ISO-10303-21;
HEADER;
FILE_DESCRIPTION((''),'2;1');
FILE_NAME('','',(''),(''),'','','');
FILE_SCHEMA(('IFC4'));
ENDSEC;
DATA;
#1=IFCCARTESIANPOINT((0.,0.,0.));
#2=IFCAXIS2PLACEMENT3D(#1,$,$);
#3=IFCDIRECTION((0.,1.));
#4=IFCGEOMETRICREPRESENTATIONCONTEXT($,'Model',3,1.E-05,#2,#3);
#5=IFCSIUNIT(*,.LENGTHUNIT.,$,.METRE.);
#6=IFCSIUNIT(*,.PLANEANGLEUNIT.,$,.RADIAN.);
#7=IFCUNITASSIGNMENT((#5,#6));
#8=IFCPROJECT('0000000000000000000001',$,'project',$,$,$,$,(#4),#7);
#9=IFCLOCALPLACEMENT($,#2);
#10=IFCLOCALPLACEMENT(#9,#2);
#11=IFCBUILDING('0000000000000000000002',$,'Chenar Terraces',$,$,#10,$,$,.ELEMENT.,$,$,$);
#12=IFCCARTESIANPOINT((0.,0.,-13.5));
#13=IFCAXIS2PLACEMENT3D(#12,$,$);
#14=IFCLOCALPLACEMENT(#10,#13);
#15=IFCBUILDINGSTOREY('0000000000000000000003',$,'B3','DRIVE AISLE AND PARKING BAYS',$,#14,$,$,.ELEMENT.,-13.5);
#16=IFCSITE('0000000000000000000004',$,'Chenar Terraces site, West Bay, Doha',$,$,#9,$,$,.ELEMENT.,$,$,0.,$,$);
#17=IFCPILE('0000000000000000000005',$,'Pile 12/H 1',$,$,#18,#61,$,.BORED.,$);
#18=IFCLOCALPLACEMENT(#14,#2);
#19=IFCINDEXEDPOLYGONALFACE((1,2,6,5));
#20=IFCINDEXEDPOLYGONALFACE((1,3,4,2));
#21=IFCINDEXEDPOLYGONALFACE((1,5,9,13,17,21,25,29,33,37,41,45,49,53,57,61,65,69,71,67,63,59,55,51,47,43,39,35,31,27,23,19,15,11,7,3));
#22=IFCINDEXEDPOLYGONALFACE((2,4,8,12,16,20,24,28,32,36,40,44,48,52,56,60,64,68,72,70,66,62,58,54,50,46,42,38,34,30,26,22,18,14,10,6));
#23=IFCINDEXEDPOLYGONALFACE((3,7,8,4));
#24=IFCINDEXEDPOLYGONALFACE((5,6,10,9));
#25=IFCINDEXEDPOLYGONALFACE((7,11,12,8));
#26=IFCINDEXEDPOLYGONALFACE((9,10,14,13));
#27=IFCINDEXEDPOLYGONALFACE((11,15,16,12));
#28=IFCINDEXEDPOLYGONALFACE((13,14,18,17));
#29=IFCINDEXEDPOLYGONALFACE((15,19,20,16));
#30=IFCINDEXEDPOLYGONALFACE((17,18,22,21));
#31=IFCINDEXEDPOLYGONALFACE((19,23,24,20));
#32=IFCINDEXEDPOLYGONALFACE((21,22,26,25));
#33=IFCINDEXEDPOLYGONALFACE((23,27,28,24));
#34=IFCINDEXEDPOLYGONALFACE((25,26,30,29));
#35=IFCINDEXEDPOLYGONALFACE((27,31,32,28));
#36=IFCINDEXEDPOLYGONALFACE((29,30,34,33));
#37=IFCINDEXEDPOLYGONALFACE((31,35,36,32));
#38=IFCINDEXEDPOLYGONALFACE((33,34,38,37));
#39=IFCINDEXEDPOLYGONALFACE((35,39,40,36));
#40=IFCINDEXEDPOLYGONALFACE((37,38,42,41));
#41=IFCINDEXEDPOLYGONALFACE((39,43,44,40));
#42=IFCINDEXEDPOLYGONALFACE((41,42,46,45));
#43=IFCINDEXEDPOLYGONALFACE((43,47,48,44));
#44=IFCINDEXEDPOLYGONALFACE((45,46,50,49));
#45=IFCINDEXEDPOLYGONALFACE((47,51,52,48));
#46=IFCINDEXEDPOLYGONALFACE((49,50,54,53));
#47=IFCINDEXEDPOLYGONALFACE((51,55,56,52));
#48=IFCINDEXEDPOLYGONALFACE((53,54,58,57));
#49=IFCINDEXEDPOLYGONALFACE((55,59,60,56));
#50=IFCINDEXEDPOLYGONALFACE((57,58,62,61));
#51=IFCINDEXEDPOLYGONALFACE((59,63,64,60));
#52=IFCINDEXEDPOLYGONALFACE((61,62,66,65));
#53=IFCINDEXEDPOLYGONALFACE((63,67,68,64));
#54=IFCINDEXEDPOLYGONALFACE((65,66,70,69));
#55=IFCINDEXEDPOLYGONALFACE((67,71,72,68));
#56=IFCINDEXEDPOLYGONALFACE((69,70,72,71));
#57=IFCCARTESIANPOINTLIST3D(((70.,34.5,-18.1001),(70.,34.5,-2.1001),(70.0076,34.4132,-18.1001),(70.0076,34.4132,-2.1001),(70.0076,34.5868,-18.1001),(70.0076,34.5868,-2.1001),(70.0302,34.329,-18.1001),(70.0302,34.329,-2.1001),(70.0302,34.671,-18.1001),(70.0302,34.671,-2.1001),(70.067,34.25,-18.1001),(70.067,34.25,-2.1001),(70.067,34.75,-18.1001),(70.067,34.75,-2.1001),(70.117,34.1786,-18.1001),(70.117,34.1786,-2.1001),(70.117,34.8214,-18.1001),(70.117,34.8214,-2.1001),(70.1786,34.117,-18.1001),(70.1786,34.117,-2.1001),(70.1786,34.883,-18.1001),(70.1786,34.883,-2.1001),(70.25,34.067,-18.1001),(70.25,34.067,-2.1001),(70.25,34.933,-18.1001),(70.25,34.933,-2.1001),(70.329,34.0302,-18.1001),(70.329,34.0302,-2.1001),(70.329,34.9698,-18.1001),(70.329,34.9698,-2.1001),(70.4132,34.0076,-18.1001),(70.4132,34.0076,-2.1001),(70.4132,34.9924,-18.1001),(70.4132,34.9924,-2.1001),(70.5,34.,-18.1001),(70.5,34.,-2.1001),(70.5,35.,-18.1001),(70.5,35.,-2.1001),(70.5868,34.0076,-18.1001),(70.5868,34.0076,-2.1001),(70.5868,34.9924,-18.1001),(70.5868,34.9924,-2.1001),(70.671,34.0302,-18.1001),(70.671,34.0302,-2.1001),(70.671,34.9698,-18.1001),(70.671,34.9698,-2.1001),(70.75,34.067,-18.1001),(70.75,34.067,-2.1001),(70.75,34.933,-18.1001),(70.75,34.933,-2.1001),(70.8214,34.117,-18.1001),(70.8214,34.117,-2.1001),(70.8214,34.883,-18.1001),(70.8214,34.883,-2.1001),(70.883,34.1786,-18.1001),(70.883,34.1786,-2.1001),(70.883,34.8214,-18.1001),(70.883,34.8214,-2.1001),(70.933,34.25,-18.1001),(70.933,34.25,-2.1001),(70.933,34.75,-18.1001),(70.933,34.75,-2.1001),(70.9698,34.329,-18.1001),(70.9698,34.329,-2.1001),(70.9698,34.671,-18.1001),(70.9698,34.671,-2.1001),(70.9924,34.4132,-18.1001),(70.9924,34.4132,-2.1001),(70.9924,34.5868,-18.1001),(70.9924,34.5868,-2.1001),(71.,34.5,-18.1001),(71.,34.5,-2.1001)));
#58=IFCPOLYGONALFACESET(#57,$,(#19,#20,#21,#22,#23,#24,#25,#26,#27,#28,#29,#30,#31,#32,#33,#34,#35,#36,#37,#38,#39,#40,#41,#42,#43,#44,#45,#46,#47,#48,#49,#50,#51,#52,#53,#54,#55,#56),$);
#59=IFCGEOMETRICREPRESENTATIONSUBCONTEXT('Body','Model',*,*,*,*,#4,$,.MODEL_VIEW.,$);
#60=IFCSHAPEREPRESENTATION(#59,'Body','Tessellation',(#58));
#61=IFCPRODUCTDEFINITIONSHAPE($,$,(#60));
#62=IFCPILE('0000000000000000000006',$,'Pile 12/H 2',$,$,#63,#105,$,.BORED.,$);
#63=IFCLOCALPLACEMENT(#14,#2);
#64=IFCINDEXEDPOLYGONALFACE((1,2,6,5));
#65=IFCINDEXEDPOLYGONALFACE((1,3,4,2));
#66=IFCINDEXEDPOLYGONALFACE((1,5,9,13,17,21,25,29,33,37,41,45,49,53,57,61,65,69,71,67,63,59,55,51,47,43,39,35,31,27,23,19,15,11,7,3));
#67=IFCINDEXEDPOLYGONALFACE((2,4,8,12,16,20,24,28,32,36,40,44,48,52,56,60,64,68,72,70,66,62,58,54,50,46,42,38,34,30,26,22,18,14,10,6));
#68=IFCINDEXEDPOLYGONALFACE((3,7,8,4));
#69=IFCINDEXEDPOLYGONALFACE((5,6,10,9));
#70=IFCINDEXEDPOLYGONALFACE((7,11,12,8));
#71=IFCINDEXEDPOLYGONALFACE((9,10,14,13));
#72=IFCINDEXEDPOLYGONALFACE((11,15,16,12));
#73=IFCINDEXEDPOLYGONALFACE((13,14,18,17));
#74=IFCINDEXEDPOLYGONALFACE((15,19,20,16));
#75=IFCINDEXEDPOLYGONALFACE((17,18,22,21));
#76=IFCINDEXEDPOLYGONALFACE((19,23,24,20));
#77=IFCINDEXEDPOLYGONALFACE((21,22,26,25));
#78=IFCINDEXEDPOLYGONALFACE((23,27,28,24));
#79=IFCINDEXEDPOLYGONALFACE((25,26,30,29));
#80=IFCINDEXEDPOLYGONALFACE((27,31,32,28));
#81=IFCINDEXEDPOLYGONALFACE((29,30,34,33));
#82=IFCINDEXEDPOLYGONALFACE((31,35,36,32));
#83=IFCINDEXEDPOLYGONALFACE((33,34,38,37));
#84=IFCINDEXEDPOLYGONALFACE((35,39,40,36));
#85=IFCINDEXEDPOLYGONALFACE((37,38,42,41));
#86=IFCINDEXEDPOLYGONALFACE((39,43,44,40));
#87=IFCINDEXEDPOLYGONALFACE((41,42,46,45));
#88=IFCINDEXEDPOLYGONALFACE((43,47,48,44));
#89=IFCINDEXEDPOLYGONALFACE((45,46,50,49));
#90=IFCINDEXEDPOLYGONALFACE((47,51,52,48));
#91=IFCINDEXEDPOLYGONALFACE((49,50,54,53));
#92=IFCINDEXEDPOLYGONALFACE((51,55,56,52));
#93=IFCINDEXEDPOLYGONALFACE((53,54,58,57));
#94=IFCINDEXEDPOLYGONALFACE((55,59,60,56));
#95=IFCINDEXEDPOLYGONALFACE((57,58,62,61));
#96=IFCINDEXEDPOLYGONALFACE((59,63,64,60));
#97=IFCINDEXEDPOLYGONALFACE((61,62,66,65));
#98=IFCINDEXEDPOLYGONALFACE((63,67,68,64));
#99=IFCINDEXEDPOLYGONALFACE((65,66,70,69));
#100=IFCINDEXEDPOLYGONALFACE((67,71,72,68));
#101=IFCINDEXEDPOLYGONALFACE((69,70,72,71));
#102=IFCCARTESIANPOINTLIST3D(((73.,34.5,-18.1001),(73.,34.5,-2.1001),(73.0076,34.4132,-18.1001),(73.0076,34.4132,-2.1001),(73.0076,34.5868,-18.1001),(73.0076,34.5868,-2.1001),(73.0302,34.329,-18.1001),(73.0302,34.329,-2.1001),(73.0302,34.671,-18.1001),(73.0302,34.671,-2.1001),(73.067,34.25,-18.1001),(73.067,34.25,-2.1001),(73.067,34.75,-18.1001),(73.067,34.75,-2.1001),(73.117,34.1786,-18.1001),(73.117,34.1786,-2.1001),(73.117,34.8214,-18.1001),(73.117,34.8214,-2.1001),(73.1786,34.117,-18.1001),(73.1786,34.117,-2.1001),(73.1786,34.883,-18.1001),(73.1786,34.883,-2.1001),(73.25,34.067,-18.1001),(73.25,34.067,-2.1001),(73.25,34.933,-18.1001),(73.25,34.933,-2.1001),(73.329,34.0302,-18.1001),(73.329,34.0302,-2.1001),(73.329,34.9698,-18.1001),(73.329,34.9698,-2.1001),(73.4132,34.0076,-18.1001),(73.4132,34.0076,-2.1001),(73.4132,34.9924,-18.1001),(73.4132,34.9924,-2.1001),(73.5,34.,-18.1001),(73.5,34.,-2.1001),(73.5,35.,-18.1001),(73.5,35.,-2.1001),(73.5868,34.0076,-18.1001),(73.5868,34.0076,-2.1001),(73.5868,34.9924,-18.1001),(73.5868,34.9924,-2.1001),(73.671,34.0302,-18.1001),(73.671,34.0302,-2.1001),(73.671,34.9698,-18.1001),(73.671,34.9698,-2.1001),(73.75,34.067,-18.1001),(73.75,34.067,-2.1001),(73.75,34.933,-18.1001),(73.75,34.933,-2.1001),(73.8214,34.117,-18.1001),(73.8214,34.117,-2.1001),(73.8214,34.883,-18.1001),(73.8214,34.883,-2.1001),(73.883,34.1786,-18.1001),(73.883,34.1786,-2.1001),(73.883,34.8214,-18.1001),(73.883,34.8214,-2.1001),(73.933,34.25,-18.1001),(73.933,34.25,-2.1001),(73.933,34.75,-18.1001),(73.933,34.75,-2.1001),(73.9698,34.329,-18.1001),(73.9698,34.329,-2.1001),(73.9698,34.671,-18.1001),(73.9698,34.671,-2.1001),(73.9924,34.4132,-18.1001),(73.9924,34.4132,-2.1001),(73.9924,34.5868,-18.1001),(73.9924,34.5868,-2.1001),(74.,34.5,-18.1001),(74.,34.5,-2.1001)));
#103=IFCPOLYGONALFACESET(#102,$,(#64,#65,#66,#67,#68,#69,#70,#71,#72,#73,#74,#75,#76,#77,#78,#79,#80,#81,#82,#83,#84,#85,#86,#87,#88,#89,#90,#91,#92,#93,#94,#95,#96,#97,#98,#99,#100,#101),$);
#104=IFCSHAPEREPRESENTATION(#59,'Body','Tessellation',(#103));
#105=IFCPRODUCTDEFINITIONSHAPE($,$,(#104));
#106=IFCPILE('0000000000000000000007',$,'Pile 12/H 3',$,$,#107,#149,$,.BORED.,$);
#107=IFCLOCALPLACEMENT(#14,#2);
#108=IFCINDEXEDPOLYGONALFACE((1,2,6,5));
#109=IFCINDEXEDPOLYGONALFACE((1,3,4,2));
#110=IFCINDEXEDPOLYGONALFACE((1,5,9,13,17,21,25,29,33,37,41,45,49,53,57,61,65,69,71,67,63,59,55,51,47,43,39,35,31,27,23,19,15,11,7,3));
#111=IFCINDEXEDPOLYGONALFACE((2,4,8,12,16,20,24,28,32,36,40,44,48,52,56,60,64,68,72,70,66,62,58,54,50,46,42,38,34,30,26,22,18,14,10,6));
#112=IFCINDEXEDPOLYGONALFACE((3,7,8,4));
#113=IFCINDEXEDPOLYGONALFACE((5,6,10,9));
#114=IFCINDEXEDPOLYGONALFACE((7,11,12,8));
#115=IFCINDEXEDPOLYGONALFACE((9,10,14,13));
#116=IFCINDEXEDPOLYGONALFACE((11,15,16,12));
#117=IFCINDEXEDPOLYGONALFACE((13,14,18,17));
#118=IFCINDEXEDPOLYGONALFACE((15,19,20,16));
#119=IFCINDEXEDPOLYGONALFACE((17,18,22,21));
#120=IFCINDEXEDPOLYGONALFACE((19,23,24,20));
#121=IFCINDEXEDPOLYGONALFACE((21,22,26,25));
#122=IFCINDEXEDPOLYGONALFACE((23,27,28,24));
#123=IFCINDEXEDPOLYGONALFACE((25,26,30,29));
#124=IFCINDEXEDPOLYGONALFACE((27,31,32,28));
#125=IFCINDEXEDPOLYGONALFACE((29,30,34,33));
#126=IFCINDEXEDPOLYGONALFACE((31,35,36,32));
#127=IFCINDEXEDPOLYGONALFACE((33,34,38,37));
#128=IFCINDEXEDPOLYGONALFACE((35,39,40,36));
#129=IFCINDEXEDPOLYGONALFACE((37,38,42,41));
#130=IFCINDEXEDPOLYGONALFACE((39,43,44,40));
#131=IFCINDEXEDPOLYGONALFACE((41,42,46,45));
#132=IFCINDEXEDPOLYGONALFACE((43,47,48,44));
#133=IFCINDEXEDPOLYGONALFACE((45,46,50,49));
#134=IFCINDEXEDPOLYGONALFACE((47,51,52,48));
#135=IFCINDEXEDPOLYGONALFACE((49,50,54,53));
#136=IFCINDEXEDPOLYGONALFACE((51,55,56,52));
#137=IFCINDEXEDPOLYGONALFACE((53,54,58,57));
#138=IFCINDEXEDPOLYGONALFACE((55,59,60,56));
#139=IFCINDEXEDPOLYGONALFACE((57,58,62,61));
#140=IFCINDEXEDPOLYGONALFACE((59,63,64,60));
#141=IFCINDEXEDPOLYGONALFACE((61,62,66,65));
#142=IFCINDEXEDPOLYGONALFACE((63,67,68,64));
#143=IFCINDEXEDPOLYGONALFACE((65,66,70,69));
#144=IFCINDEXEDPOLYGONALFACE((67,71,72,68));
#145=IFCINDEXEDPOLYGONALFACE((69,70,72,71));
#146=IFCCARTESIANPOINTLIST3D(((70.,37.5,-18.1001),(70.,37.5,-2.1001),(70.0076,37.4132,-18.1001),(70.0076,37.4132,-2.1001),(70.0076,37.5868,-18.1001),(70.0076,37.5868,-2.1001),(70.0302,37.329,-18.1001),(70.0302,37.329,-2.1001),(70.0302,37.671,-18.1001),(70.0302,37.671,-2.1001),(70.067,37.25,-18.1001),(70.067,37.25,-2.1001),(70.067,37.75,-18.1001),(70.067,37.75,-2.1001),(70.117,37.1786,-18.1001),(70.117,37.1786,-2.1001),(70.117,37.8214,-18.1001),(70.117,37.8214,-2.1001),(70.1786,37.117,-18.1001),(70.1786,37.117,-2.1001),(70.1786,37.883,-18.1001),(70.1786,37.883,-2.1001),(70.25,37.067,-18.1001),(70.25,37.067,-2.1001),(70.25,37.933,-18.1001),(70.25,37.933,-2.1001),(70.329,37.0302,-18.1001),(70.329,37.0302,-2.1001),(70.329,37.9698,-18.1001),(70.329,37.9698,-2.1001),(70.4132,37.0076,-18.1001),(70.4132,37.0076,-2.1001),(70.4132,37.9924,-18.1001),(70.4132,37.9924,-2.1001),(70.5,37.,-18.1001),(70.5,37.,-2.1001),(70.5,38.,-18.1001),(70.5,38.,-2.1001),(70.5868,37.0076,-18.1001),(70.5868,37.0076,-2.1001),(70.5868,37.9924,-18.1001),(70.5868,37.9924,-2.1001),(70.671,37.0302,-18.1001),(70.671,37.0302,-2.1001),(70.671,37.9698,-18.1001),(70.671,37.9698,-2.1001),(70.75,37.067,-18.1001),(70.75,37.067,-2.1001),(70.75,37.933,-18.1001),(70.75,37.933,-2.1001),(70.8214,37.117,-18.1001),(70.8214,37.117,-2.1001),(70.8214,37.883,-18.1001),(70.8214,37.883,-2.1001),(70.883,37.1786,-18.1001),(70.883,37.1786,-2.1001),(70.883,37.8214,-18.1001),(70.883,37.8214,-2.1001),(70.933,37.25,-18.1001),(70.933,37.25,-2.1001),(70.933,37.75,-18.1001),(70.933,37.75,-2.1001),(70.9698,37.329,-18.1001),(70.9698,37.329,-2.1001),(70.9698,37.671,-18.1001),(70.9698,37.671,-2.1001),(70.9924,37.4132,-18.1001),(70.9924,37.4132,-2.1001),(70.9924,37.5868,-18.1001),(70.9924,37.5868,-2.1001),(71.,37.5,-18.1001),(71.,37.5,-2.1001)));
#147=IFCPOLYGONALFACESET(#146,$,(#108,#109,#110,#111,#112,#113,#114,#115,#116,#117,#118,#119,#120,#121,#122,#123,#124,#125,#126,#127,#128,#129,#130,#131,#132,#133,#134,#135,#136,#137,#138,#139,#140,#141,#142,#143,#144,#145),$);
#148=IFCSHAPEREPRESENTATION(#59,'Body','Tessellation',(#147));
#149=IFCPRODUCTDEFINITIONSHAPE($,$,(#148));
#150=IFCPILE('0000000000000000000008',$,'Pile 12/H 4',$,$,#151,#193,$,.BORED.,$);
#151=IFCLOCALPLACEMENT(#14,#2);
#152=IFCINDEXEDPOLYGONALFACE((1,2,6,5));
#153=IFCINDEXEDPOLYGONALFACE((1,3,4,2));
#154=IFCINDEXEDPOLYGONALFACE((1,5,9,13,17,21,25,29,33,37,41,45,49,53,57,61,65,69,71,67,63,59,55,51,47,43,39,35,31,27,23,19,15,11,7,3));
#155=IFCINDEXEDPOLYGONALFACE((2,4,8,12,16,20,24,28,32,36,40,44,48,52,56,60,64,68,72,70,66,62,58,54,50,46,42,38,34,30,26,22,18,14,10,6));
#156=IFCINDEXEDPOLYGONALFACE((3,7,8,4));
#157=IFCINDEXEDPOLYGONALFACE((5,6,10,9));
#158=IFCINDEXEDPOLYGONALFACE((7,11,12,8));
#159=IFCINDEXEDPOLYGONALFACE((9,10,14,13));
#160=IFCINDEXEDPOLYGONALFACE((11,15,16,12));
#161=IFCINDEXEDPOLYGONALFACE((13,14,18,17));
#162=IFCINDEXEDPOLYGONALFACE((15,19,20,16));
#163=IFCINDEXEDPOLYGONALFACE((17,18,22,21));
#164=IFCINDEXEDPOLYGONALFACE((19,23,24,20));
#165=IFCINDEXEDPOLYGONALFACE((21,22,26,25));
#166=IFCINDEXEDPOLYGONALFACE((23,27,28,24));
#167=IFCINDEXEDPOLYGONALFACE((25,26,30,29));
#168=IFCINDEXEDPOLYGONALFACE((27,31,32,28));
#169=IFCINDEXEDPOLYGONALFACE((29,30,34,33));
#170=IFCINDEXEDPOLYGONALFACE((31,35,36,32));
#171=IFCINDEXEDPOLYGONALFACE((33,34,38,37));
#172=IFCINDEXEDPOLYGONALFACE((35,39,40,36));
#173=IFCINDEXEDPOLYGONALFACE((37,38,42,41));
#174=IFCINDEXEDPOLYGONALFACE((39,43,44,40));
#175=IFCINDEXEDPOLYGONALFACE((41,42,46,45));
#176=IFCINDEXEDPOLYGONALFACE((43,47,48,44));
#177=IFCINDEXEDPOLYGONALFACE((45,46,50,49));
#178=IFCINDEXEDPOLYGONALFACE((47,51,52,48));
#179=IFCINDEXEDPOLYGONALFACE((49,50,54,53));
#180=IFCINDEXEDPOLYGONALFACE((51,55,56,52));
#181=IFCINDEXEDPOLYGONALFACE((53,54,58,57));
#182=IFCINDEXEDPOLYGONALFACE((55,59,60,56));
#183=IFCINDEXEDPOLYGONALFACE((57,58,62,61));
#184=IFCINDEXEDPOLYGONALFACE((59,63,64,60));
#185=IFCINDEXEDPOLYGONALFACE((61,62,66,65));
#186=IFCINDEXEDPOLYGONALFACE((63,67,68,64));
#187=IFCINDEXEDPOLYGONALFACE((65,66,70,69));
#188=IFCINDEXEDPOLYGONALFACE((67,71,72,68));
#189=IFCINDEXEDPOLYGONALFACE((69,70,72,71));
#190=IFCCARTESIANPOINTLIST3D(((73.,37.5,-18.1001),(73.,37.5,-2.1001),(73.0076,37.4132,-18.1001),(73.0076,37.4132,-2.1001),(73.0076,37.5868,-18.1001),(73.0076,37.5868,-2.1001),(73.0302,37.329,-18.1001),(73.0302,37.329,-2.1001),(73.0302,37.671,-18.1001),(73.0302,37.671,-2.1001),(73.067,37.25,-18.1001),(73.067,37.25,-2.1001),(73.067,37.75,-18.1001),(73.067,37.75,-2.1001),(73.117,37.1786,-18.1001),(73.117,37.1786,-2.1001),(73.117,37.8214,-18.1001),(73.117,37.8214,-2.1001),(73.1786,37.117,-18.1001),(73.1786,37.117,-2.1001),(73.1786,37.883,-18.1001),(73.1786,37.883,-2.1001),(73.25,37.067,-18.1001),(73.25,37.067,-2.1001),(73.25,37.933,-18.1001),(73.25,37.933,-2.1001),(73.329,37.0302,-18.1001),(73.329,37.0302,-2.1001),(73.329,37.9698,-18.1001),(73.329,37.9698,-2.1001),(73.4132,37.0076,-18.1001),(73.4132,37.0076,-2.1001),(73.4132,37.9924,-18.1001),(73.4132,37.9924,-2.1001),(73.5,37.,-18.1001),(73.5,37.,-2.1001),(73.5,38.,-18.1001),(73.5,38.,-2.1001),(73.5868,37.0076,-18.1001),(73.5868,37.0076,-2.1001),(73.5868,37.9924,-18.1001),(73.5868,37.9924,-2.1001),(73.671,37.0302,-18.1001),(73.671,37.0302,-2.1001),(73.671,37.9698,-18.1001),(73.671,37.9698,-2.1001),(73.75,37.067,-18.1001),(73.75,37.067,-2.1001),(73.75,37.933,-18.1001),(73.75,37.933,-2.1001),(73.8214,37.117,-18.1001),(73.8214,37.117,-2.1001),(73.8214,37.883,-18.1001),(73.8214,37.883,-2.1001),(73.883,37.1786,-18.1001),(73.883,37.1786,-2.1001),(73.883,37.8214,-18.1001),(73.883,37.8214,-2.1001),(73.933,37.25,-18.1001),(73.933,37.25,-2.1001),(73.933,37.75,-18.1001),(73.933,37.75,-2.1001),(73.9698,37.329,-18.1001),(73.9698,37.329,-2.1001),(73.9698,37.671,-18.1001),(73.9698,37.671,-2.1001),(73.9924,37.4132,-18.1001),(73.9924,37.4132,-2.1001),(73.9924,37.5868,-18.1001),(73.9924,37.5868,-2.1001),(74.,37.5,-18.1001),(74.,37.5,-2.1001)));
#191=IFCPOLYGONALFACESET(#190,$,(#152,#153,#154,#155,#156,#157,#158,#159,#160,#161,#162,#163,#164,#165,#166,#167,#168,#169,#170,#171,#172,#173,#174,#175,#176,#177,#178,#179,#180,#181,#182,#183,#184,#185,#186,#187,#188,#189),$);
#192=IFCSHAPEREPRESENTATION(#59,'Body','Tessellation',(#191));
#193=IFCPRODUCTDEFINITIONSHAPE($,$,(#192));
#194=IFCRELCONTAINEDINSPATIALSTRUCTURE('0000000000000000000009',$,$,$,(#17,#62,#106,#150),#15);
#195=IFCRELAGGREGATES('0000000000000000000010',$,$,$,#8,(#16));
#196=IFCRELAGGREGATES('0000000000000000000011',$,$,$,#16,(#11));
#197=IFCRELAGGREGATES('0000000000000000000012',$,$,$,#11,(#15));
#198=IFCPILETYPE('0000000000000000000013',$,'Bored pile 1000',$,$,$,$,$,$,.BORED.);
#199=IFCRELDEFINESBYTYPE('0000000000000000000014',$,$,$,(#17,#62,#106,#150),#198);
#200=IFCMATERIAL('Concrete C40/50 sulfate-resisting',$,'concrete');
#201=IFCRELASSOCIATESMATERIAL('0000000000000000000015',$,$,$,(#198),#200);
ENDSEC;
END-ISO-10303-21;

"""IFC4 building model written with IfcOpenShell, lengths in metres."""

from ifc_helpers import new_model, si_unit, direction, frame, origin, origin_2d, place, context, subcontext, project, spatial, circle, extrude, material, material_profile, profile_set, type_object, element, save


model = new_model("IFC4")

# Units and contexts
model_context = context("Model", 3, precision=1e-05, world=origin(), true_north=direction((0.0, 1.0)))
body_context = subcontext(model_context, "Body", "Model", "MODEL_VIEW")
ifc_project = project(units=[si_unit("LENGTHUNIT", "METRE"), si_unit("PLANEANGLEUNIT", "RADIAN")], contexts=[model_context])

# Site, building, storey
site_placement = place(None, origin())
site = spatial("IfcSite", under=ifc_project, at=site_placement, Name="Chenar Terraces site, West Bay, Doha", CompositionType="ELEMENT", RefElevation=0.0)
building_placement = place(site_placement, origin())
building = spatial("IfcBuilding", under=site, at=building_placement, Name="Chenar Terraces", CompositionType="ELEMENT")
storey_placement = place(building_placement, frame((0.0, 0.0, -13.5)))
storey = spatial("IfcBuildingStorey", under=building, at=storey_placement, Name="B3", Description="DRIVE AISLE AND PARKING BAYS", CompositionType="ELEMENT", Elevation=-13.5)

# Piles
ifc_material_1 = material(Name="Concrete C40/50 sulfate-resisting", Category="concrete")
ifc_material_profile_1 = material_profile(ifc_material_1, circle(Radius=0.5, at=origin_2d()), Name="BP 1000")
ifc_profile_set_1 = profile_set([ifc_material_profile_1], Name="Concrete C40/50 sulfate-resisting")
pile_type_1 = type_object("IfcPileType", Name="Bored pile 1000", PredefinedType="BORED", material=ifc_profile_set_1)
for number, where, z_axis, x_axis, name in (
    (1, (70.5, 34.5, -2.1001), (0.0, 0.0, -1.0), (1.0, 0.0, 0.0), "Pile 12/H 1"),
    (2, (73.5, 34.5, -2.1001), (0.0, 0.0, -1.0), (1.0, 0.0, 0.0), "Pile 12/H 2"),
    (3, (70.5, 37.5, -2.1001), (0.0, 0.0, -1.0), (1.0, 0.0, 0.0), "Pile 12/H 3"),
    (4, (73.5, 37.5, -2.1001), (0.0, 0.0, -1.0), (1.0, 0.0, 0.0), "Pile 12/H 4"),
):
    element("IfcPile", number, at=place(storey_placement, frame(where, z_axis=z_axis, x_axis=x_axis)), inside=storey, type_object=pile_type_1, Name=name, PredefinedType="BORED", context=body_context, shape_type="SweptSolid", body=[
        extrude(circle(Radius=0.5, at=origin_2d()), origin(), (0.0, 0.0, 1.0), 16.0),
    ])

save(model, "model.ifc")
